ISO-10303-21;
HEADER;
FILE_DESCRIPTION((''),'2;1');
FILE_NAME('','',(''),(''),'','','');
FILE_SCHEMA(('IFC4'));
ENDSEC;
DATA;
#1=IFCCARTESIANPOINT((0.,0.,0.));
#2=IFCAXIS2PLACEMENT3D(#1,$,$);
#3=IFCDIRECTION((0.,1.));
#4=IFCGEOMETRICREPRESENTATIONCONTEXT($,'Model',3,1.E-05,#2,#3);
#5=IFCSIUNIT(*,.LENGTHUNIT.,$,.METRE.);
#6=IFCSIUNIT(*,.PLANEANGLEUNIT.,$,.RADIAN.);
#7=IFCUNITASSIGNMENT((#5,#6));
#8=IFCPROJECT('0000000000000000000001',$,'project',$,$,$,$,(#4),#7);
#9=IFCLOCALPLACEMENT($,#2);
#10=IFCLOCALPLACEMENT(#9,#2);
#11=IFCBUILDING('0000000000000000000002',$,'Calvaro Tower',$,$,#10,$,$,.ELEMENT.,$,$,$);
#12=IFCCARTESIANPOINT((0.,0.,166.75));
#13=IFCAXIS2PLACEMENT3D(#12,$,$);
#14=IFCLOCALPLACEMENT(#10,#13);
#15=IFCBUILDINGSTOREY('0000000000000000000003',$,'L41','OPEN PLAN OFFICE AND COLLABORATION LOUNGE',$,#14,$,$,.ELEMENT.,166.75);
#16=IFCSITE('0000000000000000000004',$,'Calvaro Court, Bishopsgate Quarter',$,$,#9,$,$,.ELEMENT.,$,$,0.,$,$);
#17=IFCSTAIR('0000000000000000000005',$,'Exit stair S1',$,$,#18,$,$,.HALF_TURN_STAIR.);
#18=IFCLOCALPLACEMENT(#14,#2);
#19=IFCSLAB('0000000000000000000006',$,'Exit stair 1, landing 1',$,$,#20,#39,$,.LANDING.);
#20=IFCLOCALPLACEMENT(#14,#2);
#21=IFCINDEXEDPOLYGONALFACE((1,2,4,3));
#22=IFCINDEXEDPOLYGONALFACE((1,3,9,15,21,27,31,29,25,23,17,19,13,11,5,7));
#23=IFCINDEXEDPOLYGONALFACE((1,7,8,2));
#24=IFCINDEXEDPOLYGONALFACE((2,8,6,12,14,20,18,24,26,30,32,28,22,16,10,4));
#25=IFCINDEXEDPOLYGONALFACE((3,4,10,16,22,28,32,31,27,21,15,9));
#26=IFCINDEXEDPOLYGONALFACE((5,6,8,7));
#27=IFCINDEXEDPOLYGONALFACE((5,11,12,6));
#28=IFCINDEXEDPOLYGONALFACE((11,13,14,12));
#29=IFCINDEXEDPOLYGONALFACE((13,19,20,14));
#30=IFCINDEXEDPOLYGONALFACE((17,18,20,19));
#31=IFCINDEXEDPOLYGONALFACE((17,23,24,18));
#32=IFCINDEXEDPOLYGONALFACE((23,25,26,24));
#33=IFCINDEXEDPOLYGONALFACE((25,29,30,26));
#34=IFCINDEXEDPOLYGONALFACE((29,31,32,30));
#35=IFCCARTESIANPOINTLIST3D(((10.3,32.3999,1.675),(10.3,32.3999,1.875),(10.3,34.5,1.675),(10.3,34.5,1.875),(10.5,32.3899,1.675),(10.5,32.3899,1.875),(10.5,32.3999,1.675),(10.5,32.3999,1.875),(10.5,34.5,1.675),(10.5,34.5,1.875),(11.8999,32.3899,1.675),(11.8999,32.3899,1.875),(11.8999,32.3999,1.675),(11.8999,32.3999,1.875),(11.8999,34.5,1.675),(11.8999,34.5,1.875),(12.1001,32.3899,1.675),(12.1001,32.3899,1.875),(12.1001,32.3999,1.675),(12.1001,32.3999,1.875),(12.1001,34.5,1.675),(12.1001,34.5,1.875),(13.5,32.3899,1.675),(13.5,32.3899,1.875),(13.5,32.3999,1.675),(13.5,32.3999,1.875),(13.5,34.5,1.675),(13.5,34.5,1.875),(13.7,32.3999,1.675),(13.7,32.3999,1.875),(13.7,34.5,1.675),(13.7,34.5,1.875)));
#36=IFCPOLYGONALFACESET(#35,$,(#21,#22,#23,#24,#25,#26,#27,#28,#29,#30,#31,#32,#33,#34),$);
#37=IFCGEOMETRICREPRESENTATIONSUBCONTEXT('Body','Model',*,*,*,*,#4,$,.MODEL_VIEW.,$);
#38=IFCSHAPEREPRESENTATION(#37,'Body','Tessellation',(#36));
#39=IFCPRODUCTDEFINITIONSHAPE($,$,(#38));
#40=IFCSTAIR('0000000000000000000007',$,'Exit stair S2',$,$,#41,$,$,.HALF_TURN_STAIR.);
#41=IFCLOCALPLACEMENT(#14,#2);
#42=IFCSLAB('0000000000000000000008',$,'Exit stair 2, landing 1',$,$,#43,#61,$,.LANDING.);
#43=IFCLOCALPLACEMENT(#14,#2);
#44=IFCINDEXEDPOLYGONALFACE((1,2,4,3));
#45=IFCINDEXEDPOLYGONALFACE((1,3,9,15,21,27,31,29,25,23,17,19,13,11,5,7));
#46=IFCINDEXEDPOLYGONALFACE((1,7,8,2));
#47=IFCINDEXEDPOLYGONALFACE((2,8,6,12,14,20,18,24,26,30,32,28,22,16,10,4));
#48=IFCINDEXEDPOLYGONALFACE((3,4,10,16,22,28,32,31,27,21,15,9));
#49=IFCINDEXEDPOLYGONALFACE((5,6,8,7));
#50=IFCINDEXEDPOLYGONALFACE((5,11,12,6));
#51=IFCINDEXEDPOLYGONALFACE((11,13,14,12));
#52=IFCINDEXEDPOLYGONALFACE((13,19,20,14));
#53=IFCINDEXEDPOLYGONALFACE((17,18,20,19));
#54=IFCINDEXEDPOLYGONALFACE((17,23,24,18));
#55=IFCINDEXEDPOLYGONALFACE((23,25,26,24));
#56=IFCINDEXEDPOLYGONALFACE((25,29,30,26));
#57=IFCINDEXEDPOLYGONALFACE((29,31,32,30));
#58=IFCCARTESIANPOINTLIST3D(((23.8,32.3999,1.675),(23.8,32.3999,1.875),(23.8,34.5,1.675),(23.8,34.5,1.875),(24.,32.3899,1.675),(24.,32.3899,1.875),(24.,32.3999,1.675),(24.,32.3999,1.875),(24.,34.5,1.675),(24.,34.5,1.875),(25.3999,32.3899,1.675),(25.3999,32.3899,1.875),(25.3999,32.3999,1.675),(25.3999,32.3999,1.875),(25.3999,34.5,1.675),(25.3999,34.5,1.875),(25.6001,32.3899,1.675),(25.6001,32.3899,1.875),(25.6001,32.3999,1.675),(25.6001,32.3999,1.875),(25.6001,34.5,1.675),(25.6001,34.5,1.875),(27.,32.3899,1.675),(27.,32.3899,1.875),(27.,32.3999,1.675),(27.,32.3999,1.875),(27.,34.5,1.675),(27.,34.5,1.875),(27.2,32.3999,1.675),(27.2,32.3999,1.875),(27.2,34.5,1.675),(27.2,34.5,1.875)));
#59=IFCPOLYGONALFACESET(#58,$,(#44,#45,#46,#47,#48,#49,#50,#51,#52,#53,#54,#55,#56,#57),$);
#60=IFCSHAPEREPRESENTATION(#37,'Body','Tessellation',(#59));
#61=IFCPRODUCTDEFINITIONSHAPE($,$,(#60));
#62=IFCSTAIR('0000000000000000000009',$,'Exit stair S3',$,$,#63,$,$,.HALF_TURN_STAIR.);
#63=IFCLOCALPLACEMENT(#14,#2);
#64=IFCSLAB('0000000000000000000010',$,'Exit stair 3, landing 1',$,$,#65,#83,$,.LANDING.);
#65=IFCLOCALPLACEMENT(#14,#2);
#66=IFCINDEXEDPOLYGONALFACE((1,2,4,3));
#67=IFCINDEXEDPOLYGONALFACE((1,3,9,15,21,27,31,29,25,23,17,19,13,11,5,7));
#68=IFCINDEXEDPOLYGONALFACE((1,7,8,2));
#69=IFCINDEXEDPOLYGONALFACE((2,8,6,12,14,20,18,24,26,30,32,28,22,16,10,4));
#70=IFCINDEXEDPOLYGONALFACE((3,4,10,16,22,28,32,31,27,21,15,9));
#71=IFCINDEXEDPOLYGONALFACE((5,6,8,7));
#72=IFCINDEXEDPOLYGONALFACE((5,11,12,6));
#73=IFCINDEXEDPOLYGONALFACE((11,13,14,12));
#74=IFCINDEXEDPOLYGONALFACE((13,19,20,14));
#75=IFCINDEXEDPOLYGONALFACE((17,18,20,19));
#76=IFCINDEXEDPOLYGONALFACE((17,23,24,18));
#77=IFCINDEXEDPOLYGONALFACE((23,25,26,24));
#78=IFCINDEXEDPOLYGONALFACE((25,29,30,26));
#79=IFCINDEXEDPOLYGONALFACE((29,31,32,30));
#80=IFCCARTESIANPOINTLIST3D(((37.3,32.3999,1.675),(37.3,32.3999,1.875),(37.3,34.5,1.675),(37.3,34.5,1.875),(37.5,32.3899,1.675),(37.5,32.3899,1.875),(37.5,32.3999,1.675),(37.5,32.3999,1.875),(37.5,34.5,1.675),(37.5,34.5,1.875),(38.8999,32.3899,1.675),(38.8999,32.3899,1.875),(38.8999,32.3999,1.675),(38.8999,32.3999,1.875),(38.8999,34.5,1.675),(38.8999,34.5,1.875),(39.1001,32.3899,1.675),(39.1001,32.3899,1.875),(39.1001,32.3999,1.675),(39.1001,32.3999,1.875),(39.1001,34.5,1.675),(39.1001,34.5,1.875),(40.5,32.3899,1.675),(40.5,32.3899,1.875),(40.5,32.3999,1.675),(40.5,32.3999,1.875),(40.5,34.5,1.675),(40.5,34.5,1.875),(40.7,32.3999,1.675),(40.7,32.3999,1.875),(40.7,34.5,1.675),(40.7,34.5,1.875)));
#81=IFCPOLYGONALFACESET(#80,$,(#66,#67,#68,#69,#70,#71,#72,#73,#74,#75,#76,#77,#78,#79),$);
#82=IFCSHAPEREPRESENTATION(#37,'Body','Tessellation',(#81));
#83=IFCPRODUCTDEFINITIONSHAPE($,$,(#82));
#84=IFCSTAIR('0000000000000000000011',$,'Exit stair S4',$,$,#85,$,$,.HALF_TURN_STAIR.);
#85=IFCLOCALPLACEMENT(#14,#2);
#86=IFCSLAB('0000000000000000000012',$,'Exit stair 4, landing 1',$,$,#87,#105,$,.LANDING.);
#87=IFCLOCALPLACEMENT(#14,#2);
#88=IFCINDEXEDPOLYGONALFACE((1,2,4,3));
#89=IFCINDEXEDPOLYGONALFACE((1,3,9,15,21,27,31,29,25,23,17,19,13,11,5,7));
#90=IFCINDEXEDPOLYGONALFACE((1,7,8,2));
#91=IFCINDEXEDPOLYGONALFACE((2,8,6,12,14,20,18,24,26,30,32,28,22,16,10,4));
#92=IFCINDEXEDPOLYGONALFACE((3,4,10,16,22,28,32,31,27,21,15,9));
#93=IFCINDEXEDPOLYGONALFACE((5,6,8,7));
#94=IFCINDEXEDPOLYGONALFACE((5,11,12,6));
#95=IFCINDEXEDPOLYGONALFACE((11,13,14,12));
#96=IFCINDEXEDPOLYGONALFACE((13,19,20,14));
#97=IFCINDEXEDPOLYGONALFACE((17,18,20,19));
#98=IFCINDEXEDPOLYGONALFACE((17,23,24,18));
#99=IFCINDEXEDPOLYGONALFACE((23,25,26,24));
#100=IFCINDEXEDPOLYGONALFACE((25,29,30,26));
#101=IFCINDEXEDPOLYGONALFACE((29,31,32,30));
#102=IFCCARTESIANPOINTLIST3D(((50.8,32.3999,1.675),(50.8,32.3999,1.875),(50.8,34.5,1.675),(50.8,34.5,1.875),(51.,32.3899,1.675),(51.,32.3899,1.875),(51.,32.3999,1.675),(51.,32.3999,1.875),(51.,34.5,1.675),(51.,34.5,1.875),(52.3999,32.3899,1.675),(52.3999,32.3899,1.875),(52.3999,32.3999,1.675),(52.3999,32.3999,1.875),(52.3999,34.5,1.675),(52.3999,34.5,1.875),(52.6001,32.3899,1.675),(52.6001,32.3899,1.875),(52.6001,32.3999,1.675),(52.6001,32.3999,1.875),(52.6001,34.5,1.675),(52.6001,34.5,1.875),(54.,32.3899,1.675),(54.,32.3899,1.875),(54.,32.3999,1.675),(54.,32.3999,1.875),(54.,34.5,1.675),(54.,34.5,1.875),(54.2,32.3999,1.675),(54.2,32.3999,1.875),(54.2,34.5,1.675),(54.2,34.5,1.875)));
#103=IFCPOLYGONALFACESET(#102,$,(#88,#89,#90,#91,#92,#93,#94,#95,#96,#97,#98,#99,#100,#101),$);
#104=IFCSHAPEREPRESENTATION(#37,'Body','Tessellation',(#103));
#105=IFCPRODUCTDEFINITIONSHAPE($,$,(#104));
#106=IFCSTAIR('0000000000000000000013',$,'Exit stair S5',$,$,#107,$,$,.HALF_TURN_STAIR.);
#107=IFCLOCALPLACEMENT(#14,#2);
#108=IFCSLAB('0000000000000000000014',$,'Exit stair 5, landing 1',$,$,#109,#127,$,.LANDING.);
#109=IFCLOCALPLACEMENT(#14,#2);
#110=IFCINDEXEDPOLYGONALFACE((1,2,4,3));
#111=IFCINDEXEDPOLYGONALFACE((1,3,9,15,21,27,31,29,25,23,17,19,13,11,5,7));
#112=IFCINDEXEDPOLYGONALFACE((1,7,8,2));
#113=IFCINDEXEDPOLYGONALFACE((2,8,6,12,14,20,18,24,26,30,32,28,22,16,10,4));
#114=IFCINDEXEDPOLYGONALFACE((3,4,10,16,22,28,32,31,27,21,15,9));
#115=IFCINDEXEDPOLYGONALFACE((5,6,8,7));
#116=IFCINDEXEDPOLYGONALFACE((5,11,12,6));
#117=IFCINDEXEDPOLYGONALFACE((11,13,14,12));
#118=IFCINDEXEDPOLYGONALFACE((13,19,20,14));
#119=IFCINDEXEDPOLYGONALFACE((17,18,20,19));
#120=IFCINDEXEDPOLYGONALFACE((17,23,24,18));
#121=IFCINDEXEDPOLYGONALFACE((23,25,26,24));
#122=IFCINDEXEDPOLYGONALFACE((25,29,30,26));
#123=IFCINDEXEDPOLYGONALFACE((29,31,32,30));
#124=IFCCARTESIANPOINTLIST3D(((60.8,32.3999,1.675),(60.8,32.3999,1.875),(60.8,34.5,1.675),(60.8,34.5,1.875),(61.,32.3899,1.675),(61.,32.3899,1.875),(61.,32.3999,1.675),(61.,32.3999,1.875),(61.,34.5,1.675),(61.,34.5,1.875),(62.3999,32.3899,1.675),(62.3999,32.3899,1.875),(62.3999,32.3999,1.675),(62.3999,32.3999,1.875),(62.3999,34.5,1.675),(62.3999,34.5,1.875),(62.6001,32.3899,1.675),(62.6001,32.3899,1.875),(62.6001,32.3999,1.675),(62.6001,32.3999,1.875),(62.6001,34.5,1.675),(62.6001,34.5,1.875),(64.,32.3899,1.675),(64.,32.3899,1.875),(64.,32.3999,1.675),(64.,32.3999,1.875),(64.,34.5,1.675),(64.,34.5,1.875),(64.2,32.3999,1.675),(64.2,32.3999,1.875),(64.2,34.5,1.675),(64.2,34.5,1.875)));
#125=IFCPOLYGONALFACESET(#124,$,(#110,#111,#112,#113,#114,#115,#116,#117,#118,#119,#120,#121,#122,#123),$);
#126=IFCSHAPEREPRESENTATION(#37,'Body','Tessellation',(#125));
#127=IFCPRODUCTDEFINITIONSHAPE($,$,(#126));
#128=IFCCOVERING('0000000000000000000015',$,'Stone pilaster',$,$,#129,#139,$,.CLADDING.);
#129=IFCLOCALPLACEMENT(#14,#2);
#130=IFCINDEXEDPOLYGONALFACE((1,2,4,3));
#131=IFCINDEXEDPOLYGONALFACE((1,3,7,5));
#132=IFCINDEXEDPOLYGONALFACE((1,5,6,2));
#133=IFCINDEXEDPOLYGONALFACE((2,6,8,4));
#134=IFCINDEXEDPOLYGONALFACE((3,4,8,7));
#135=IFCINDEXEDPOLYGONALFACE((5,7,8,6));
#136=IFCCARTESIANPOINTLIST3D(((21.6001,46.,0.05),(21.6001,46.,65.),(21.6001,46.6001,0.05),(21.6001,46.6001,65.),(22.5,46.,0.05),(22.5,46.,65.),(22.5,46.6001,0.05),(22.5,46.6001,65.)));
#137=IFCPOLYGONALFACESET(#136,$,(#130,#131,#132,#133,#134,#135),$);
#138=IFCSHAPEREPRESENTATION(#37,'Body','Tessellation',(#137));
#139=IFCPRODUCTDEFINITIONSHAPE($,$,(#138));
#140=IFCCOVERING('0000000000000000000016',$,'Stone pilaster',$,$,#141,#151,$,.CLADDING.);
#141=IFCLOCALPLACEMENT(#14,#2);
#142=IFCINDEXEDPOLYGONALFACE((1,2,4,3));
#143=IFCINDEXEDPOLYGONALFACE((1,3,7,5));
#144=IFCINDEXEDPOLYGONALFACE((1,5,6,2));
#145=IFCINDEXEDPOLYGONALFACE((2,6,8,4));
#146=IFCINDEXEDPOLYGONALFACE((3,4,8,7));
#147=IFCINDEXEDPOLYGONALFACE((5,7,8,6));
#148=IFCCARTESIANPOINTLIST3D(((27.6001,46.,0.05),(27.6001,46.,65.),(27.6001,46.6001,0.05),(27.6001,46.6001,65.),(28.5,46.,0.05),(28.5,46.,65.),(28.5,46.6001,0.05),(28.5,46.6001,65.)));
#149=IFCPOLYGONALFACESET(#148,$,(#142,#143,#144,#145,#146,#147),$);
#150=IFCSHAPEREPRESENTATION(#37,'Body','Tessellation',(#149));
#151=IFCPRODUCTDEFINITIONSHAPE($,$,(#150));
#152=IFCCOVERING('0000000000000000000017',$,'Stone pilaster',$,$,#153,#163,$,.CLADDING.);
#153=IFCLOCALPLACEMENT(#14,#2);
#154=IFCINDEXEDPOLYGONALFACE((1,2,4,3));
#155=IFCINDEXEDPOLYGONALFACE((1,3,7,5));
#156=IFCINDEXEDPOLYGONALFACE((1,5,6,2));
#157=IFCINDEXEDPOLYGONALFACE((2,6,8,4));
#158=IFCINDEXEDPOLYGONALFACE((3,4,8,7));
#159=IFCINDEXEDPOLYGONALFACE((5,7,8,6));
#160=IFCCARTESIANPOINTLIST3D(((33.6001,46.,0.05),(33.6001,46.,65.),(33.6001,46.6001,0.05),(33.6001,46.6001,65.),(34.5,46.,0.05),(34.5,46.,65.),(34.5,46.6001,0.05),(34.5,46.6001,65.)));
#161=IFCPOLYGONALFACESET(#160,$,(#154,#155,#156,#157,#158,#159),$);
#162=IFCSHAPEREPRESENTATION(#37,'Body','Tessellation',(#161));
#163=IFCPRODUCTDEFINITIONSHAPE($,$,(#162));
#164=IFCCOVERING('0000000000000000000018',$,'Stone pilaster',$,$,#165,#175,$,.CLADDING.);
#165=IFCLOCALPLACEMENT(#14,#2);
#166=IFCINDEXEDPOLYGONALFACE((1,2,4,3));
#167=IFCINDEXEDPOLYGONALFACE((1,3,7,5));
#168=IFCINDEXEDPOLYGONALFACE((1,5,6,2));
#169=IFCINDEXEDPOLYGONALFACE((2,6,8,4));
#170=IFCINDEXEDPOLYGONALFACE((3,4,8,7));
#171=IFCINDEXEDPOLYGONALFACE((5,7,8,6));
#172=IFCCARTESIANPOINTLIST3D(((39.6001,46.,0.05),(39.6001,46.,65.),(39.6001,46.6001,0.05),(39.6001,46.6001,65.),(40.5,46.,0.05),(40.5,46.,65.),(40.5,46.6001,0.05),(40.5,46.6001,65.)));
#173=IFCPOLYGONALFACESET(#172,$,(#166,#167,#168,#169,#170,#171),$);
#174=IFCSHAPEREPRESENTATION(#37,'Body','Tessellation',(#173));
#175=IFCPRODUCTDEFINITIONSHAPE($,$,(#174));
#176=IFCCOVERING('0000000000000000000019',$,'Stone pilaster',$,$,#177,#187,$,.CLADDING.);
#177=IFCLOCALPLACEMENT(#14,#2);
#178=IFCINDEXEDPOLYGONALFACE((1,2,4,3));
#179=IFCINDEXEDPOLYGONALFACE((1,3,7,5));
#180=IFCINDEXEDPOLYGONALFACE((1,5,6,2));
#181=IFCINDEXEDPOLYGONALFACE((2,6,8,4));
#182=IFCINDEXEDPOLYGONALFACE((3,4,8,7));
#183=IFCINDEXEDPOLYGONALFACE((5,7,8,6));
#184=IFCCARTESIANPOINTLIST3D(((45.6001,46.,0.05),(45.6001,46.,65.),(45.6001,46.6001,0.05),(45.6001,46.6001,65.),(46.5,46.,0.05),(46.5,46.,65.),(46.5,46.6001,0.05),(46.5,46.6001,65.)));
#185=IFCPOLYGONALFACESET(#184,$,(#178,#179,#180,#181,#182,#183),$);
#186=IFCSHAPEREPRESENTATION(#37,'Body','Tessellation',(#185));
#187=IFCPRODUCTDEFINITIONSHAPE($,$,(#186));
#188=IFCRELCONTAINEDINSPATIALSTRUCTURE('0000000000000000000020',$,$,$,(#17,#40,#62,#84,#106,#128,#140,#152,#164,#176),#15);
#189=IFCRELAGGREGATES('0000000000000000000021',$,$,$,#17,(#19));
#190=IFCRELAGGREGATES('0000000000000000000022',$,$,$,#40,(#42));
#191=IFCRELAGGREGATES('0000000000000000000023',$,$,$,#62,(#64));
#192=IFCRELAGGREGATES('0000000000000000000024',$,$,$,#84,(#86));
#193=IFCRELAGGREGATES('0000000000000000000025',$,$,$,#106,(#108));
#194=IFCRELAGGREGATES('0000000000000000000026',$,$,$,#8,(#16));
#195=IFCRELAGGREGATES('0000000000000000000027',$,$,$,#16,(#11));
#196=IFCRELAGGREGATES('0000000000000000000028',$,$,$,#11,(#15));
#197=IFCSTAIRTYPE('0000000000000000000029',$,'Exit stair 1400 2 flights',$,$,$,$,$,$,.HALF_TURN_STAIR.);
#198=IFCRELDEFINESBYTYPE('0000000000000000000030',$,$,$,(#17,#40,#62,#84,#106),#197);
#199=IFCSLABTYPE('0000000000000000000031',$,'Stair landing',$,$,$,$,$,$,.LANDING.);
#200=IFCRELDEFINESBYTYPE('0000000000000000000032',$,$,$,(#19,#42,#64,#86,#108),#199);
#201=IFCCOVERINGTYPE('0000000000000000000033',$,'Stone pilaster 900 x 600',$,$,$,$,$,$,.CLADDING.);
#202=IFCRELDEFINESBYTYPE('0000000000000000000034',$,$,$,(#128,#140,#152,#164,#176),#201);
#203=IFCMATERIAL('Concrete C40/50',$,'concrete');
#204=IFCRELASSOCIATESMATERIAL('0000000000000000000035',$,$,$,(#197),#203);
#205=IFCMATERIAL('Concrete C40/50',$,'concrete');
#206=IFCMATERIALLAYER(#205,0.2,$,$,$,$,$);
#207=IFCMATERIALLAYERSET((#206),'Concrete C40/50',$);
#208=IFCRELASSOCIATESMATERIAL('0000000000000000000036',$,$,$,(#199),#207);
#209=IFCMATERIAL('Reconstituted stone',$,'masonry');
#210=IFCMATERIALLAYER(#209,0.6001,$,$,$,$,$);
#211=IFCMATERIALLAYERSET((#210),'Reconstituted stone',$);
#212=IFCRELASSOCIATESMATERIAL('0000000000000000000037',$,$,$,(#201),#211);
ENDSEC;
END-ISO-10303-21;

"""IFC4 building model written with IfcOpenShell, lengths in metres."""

from ifc_helpers import new_model, si_unit, direction, frame, origin, place, context, subcontext, project, spatial, polyline, outline, extrude, material, layer, layer_set, type_object, element, aggregate, save


model = new_model("IFC4")

# Units and contexts
model_context = context("Model", 3, precision=1e-05, world=origin(), true_north=direction((0.0, 1.0)))
body_context = subcontext(model_context, "Body", "Model", "MODEL_VIEW")
ifc_project = project(units=[si_unit("LENGTHUNIT", "METRE"), si_unit("PLANEANGLEUNIT", "RADIAN")], contexts=[model_context])

# Site, building, storey
site_placement = place(None, origin())
site = spatial("IfcSite", under=ifc_project, at=site_placement, Name="Calvaro Court, Bishopsgate Quarter", CompositionType="ELEMENT", RefElevation=0.0)
building_placement = place(site_placement, origin())
building = spatial("IfcBuilding", under=site, at=building_placement, Name="Calvaro Tower", CompositionType="ELEMENT")
storey_placement = place(building_placement, frame((0.0, 0.0, 166.75)))
storey = spatial("IfcBuildingStorey", under=building, at=storey_placement, Name="L41", Description="OPEN PLAN OFFICE AND COLLABORATION LOUNGE", CompositionType="ELEMENT", Elevation=166.75)

# Stairs, slabs
ifc_material_1 = material(Name="Concrete C40/50", Category="concrete")
stair_type = type_object("IfcStairType", Name="Exit stair 1400 2 flights", PredefinedType="HALF_TURN_STAIR", material=ifc_material_1)
stair_1_placement = place(storey_placement, origin())
stair_1 = element("IfcStair", 1, at=stair_1_placement, inside=storey, type_object=stair_type, Name="Exit stair S1", PredefinedType="HALF_TURN_STAIR")
ifc_material_2 = material(Name="Concrete C40/50", Category="concrete")
ifc_layer_1 = layer(ifc_material_2, 0.2)
ifc_layer_set_1 = layer_set([ifc_layer_1], Name="Concrete C40/50")
slab_type = type_object("IfcSlabType", Name="Stair landing", PredefinedType="LANDING", material=ifc_layer_set_1)
slab_1_placement = place(storey_placement, frame((0.0, 0.0, 1.675)))
slab_1 = element("IfcSlab", 2, at=slab_1_placement, type_object=slab_type, Name="Exit stair 1, landing 1", PredefinedType="LANDING", context=body_context, shape_type="SweptSolid", body=[
    extrude(outline(polyline([(11.8999, 32.3899), (10.5, 32.3899), (10.5, 32.3999), (10.3, 32.3999), (10.3, 34.5), (10.5, 34.5), (11.8999, 34.5), (12.1001, 34.5), (13.5, 34.5), (13.7, 34.5), (13.7, 32.3999), (13.5, 32.3999), (13.5, 32.3899), (12.1001, 32.3899), (12.1001, 32.3999), (11.8999, 32.3999), (11.8999, 32.3899)])), origin(), (0.0, 0.0, 1.0), 0.2),
])
aggregate(stair_1, [slab_1])
stair_2_placement = place(storey_placement, origin())
stair_2 = element("IfcStair", 3, at=stair_2_placement, inside=storey, type_object=stair_type, Name="Exit stair S2", PredefinedType="HALF_TURN_STAIR")
slab_2_placement = place(storey_placement, frame((0.0, 0.0, 1.675)))
slab_2 = element("IfcSlab", 4, at=slab_2_placement, type_object=slab_type, Name="Exit stair 2, landing 1", PredefinedType="LANDING", context=body_context, shape_type="SweptSolid", body=[
    extrude(outline(polyline([(25.3999, 32.3899), (24.0, 32.3899), (24.0, 32.3999), (23.8, 32.3999), (23.8, 34.5), (24.0, 34.5), (25.3999, 34.5), (25.6001, 34.5), (27.0, 34.5), (27.2, 34.5), (27.2, 32.3999), (27.0, 32.3999), (27.0, 32.3899), (25.6001, 32.3899), (25.6001, 32.3999), (25.3999, 32.3999), (25.3999, 32.3899)])), origin(), (0.0, 0.0, 1.0), 0.2),
])
aggregate(stair_2, [slab_2])
stair_3_placement = place(storey_placement, origin())
stair_3 = element("IfcStair", 5, at=stair_3_placement, inside=storey, type_object=stair_type, Name="Exit stair S3", PredefinedType="HALF_TURN_STAIR")
slab_3_placement = place(storey_placement, frame((0.0, 0.0, 1.675)))
slab_3 = element("IfcSlab", 6, at=slab_3_placement, type_object=slab_type, Name="Exit stair 3, landing 1", PredefinedType="LANDING", context=body_context, shape_type="SweptSolid", body=[
    extrude(outline(polyline([(38.8999, 32.3899), (37.5, 32.3899), (37.5, 32.3999), (37.3, 32.3999), (37.3, 34.5), (37.5, 34.5), (38.8999, 34.5), (39.1001, 34.5), (40.5, 34.5), (40.7, 34.5), (40.7, 32.3999), (40.5, 32.3999), (40.5, 32.3899), (39.1001, 32.3899), (39.1001, 32.3999), (38.8999, 32.3999), (38.8999, 32.3899)])), origin(), (0.0, 0.0, 1.0), 0.2),
])
aggregate(stair_3, [slab_3])
stair_4_placement = place(storey_placement, origin())
stair_4 = element("IfcStair", 7, at=stair_4_placement, inside=storey, type_object=stair_type, Name="Exit stair S4", PredefinedType="HALF_TURN_STAIR")
slab_4_placement = place(storey_placement, frame((0.0, 0.0, 1.675)))
slab_4 = element("IfcSlab", 8, at=slab_4_placement, type_object=slab_type, Name="Exit stair 4, landing 1", PredefinedType="LANDING", context=body_context, shape_type="SweptSolid", body=[
    extrude(outline(polyline([(52.3999, 32.3899), (51.0, 32.3899), (51.0, 32.3999), (50.8, 32.3999), (50.8, 34.5), (51.0, 34.5), (52.3999, 34.5), (52.6001, 34.5), (54.0, 34.5), (54.2, 34.5), (54.2, 32.3999), (54.0, 32.3999), (54.0, 32.3899), (52.6001, 32.3899), (52.6001, 32.3999), (52.3999, 32.3999), (52.3999, 32.3899)])), origin(), (0.0, 0.0, 1.0), 0.2),
])
aggregate(stair_4, [slab_4])
stair_5_placement = place(storey_placement, origin())
stair_5 = element("IfcStair", 9, at=stair_5_placement, inside=storey, type_object=stair_type, Name="Exit stair S5", PredefinedType="HALF_TURN_STAIR")
slab_5_placement = place(storey_placement, frame((0.0, 0.0, 1.675)))
slab_5 = element("IfcSlab", 10, at=slab_5_placement, type_object=slab_type, Name="Exit stair 5, landing 1", PredefinedType="LANDING", context=body_context, shape_type="SweptSolid", body=[
    extrude(outline(polyline([(62.3999, 32.3899), (61.0, 32.3899), (61.0, 32.3999), (60.8, 32.3999), (60.8, 34.5), (61.0, 34.5), (62.3999, 34.5), (62.6001, 34.5), (64.0, 34.5), (64.2, 34.5), (64.2, 32.3999), (64.0, 32.3999), (64.0, 32.3899), (62.6001, 32.3899), (62.6001, 32.3999), (62.3999, 32.3999), (62.3999, 32.3899)])), origin(), (0.0, 0.0, 1.0), 0.2),
])
aggregate(stair_5, [slab_5])

# Coverings
ifc_material_3 = material(Name="Reconstituted stone", Category="masonry")
ifc_layer_2 = layer(ifc_material_3, 0.6001)
ifc_layer_set_2 = layer_set([ifc_layer_2], Name="Reconstituted stone")
covering_type = type_object("IfcCoveringType", Name="Stone pilaster 900 x 600", PredefinedType="CLADDING", material=ifc_layer_set_2)
covering_1_placement = place(storey_placement, frame((0.0, 0.0, 0.05)))
element("IfcCovering", 11, at=covering_1_placement, inside=storey, type_object=covering_type, Name="Stone pilaster", PredefinedType="CLADDING", context=body_context, shape_type="SweptSolid", body=[
    extrude(outline(polyline([(21.6001, 46.0), (22.5, 46.0), (22.5, 46.6001), (21.6001, 46.6001), (21.6001, 46.0)])), origin(), (0.0, 0.0, 1.0), 64.95),
])
covering_2_placement = place(storey_placement, frame((0.0, 0.0, 0.05)))
element("IfcCovering", 12, at=covering_2_placement, inside=storey, type_object=covering_type, Name="Stone pilaster", PredefinedType="CLADDING", context=body_context, shape_type="SweptSolid", body=[
    extrude(outline(polyline([(27.6001, 46.0), (28.5, 46.0), (28.5, 46.6001), (27.6001, 46.6001), (27.6001, 46.0)])), origin(), (0.0, 0.0, 1.0), 64.95),
])
covering_3_placement = place(storey_placement, frame((0.0, 0.0, 0.05)))
element("IfcCovering", 13, at=covering_3_placement, inside=storey, type_object=covering_type, Name="Stone pilaster", PredefinedType="CLADDING", context=body_context, shape_type="SweptSolid", body=[
    extrude(outline(polyline([(33.6001, 46.0), (34.5, 46.0), (34.5, 46.6001), (33.6001, 46.6001), (33.6001, 46.0)])), origin(), (0.0, 0.0, 1.0), 64.95),
])
covering_4_placement = place(storey_placement, frame((0.0, 0.0, 0.05)))
element("IfcCovering", 14, at=covering_4_placement, inside=storey, type_object=covering_type, Name="Stone pilaster", PredefinedType="CLADDING", context=body_context, shape_type="SweptSolid", body=[
    extrude(outline(polyline([(39.6001, 46.0), (40.5, 46.0), (40.5, 46.6001), (39.6001, 46.6001), (39.6001, 46.0)])), origin(), (0.0, 0.0, 1.0), 64.95),
])
covering_5_placement = place(storey_placement, frame((0.0, 0.0, 0.05)))
element("IfcCovering", 15, at=covering_5_placement, inside=storey, type_object=covering_type, Name="Stone pilaster", PredefinedType="CLADDING", context=body_context, shape_type="SweptSolid", body=[
    extrude(outline(polyline([(45.6001, 46.0), (46.5, 46.0), (46.5, 46.6001), (45.6001, 46.6001), (45.6001, 46.0)])), origin(), (0.0, 0.0, 1.0), 64.95),
])

save(model, "model.ifc")
